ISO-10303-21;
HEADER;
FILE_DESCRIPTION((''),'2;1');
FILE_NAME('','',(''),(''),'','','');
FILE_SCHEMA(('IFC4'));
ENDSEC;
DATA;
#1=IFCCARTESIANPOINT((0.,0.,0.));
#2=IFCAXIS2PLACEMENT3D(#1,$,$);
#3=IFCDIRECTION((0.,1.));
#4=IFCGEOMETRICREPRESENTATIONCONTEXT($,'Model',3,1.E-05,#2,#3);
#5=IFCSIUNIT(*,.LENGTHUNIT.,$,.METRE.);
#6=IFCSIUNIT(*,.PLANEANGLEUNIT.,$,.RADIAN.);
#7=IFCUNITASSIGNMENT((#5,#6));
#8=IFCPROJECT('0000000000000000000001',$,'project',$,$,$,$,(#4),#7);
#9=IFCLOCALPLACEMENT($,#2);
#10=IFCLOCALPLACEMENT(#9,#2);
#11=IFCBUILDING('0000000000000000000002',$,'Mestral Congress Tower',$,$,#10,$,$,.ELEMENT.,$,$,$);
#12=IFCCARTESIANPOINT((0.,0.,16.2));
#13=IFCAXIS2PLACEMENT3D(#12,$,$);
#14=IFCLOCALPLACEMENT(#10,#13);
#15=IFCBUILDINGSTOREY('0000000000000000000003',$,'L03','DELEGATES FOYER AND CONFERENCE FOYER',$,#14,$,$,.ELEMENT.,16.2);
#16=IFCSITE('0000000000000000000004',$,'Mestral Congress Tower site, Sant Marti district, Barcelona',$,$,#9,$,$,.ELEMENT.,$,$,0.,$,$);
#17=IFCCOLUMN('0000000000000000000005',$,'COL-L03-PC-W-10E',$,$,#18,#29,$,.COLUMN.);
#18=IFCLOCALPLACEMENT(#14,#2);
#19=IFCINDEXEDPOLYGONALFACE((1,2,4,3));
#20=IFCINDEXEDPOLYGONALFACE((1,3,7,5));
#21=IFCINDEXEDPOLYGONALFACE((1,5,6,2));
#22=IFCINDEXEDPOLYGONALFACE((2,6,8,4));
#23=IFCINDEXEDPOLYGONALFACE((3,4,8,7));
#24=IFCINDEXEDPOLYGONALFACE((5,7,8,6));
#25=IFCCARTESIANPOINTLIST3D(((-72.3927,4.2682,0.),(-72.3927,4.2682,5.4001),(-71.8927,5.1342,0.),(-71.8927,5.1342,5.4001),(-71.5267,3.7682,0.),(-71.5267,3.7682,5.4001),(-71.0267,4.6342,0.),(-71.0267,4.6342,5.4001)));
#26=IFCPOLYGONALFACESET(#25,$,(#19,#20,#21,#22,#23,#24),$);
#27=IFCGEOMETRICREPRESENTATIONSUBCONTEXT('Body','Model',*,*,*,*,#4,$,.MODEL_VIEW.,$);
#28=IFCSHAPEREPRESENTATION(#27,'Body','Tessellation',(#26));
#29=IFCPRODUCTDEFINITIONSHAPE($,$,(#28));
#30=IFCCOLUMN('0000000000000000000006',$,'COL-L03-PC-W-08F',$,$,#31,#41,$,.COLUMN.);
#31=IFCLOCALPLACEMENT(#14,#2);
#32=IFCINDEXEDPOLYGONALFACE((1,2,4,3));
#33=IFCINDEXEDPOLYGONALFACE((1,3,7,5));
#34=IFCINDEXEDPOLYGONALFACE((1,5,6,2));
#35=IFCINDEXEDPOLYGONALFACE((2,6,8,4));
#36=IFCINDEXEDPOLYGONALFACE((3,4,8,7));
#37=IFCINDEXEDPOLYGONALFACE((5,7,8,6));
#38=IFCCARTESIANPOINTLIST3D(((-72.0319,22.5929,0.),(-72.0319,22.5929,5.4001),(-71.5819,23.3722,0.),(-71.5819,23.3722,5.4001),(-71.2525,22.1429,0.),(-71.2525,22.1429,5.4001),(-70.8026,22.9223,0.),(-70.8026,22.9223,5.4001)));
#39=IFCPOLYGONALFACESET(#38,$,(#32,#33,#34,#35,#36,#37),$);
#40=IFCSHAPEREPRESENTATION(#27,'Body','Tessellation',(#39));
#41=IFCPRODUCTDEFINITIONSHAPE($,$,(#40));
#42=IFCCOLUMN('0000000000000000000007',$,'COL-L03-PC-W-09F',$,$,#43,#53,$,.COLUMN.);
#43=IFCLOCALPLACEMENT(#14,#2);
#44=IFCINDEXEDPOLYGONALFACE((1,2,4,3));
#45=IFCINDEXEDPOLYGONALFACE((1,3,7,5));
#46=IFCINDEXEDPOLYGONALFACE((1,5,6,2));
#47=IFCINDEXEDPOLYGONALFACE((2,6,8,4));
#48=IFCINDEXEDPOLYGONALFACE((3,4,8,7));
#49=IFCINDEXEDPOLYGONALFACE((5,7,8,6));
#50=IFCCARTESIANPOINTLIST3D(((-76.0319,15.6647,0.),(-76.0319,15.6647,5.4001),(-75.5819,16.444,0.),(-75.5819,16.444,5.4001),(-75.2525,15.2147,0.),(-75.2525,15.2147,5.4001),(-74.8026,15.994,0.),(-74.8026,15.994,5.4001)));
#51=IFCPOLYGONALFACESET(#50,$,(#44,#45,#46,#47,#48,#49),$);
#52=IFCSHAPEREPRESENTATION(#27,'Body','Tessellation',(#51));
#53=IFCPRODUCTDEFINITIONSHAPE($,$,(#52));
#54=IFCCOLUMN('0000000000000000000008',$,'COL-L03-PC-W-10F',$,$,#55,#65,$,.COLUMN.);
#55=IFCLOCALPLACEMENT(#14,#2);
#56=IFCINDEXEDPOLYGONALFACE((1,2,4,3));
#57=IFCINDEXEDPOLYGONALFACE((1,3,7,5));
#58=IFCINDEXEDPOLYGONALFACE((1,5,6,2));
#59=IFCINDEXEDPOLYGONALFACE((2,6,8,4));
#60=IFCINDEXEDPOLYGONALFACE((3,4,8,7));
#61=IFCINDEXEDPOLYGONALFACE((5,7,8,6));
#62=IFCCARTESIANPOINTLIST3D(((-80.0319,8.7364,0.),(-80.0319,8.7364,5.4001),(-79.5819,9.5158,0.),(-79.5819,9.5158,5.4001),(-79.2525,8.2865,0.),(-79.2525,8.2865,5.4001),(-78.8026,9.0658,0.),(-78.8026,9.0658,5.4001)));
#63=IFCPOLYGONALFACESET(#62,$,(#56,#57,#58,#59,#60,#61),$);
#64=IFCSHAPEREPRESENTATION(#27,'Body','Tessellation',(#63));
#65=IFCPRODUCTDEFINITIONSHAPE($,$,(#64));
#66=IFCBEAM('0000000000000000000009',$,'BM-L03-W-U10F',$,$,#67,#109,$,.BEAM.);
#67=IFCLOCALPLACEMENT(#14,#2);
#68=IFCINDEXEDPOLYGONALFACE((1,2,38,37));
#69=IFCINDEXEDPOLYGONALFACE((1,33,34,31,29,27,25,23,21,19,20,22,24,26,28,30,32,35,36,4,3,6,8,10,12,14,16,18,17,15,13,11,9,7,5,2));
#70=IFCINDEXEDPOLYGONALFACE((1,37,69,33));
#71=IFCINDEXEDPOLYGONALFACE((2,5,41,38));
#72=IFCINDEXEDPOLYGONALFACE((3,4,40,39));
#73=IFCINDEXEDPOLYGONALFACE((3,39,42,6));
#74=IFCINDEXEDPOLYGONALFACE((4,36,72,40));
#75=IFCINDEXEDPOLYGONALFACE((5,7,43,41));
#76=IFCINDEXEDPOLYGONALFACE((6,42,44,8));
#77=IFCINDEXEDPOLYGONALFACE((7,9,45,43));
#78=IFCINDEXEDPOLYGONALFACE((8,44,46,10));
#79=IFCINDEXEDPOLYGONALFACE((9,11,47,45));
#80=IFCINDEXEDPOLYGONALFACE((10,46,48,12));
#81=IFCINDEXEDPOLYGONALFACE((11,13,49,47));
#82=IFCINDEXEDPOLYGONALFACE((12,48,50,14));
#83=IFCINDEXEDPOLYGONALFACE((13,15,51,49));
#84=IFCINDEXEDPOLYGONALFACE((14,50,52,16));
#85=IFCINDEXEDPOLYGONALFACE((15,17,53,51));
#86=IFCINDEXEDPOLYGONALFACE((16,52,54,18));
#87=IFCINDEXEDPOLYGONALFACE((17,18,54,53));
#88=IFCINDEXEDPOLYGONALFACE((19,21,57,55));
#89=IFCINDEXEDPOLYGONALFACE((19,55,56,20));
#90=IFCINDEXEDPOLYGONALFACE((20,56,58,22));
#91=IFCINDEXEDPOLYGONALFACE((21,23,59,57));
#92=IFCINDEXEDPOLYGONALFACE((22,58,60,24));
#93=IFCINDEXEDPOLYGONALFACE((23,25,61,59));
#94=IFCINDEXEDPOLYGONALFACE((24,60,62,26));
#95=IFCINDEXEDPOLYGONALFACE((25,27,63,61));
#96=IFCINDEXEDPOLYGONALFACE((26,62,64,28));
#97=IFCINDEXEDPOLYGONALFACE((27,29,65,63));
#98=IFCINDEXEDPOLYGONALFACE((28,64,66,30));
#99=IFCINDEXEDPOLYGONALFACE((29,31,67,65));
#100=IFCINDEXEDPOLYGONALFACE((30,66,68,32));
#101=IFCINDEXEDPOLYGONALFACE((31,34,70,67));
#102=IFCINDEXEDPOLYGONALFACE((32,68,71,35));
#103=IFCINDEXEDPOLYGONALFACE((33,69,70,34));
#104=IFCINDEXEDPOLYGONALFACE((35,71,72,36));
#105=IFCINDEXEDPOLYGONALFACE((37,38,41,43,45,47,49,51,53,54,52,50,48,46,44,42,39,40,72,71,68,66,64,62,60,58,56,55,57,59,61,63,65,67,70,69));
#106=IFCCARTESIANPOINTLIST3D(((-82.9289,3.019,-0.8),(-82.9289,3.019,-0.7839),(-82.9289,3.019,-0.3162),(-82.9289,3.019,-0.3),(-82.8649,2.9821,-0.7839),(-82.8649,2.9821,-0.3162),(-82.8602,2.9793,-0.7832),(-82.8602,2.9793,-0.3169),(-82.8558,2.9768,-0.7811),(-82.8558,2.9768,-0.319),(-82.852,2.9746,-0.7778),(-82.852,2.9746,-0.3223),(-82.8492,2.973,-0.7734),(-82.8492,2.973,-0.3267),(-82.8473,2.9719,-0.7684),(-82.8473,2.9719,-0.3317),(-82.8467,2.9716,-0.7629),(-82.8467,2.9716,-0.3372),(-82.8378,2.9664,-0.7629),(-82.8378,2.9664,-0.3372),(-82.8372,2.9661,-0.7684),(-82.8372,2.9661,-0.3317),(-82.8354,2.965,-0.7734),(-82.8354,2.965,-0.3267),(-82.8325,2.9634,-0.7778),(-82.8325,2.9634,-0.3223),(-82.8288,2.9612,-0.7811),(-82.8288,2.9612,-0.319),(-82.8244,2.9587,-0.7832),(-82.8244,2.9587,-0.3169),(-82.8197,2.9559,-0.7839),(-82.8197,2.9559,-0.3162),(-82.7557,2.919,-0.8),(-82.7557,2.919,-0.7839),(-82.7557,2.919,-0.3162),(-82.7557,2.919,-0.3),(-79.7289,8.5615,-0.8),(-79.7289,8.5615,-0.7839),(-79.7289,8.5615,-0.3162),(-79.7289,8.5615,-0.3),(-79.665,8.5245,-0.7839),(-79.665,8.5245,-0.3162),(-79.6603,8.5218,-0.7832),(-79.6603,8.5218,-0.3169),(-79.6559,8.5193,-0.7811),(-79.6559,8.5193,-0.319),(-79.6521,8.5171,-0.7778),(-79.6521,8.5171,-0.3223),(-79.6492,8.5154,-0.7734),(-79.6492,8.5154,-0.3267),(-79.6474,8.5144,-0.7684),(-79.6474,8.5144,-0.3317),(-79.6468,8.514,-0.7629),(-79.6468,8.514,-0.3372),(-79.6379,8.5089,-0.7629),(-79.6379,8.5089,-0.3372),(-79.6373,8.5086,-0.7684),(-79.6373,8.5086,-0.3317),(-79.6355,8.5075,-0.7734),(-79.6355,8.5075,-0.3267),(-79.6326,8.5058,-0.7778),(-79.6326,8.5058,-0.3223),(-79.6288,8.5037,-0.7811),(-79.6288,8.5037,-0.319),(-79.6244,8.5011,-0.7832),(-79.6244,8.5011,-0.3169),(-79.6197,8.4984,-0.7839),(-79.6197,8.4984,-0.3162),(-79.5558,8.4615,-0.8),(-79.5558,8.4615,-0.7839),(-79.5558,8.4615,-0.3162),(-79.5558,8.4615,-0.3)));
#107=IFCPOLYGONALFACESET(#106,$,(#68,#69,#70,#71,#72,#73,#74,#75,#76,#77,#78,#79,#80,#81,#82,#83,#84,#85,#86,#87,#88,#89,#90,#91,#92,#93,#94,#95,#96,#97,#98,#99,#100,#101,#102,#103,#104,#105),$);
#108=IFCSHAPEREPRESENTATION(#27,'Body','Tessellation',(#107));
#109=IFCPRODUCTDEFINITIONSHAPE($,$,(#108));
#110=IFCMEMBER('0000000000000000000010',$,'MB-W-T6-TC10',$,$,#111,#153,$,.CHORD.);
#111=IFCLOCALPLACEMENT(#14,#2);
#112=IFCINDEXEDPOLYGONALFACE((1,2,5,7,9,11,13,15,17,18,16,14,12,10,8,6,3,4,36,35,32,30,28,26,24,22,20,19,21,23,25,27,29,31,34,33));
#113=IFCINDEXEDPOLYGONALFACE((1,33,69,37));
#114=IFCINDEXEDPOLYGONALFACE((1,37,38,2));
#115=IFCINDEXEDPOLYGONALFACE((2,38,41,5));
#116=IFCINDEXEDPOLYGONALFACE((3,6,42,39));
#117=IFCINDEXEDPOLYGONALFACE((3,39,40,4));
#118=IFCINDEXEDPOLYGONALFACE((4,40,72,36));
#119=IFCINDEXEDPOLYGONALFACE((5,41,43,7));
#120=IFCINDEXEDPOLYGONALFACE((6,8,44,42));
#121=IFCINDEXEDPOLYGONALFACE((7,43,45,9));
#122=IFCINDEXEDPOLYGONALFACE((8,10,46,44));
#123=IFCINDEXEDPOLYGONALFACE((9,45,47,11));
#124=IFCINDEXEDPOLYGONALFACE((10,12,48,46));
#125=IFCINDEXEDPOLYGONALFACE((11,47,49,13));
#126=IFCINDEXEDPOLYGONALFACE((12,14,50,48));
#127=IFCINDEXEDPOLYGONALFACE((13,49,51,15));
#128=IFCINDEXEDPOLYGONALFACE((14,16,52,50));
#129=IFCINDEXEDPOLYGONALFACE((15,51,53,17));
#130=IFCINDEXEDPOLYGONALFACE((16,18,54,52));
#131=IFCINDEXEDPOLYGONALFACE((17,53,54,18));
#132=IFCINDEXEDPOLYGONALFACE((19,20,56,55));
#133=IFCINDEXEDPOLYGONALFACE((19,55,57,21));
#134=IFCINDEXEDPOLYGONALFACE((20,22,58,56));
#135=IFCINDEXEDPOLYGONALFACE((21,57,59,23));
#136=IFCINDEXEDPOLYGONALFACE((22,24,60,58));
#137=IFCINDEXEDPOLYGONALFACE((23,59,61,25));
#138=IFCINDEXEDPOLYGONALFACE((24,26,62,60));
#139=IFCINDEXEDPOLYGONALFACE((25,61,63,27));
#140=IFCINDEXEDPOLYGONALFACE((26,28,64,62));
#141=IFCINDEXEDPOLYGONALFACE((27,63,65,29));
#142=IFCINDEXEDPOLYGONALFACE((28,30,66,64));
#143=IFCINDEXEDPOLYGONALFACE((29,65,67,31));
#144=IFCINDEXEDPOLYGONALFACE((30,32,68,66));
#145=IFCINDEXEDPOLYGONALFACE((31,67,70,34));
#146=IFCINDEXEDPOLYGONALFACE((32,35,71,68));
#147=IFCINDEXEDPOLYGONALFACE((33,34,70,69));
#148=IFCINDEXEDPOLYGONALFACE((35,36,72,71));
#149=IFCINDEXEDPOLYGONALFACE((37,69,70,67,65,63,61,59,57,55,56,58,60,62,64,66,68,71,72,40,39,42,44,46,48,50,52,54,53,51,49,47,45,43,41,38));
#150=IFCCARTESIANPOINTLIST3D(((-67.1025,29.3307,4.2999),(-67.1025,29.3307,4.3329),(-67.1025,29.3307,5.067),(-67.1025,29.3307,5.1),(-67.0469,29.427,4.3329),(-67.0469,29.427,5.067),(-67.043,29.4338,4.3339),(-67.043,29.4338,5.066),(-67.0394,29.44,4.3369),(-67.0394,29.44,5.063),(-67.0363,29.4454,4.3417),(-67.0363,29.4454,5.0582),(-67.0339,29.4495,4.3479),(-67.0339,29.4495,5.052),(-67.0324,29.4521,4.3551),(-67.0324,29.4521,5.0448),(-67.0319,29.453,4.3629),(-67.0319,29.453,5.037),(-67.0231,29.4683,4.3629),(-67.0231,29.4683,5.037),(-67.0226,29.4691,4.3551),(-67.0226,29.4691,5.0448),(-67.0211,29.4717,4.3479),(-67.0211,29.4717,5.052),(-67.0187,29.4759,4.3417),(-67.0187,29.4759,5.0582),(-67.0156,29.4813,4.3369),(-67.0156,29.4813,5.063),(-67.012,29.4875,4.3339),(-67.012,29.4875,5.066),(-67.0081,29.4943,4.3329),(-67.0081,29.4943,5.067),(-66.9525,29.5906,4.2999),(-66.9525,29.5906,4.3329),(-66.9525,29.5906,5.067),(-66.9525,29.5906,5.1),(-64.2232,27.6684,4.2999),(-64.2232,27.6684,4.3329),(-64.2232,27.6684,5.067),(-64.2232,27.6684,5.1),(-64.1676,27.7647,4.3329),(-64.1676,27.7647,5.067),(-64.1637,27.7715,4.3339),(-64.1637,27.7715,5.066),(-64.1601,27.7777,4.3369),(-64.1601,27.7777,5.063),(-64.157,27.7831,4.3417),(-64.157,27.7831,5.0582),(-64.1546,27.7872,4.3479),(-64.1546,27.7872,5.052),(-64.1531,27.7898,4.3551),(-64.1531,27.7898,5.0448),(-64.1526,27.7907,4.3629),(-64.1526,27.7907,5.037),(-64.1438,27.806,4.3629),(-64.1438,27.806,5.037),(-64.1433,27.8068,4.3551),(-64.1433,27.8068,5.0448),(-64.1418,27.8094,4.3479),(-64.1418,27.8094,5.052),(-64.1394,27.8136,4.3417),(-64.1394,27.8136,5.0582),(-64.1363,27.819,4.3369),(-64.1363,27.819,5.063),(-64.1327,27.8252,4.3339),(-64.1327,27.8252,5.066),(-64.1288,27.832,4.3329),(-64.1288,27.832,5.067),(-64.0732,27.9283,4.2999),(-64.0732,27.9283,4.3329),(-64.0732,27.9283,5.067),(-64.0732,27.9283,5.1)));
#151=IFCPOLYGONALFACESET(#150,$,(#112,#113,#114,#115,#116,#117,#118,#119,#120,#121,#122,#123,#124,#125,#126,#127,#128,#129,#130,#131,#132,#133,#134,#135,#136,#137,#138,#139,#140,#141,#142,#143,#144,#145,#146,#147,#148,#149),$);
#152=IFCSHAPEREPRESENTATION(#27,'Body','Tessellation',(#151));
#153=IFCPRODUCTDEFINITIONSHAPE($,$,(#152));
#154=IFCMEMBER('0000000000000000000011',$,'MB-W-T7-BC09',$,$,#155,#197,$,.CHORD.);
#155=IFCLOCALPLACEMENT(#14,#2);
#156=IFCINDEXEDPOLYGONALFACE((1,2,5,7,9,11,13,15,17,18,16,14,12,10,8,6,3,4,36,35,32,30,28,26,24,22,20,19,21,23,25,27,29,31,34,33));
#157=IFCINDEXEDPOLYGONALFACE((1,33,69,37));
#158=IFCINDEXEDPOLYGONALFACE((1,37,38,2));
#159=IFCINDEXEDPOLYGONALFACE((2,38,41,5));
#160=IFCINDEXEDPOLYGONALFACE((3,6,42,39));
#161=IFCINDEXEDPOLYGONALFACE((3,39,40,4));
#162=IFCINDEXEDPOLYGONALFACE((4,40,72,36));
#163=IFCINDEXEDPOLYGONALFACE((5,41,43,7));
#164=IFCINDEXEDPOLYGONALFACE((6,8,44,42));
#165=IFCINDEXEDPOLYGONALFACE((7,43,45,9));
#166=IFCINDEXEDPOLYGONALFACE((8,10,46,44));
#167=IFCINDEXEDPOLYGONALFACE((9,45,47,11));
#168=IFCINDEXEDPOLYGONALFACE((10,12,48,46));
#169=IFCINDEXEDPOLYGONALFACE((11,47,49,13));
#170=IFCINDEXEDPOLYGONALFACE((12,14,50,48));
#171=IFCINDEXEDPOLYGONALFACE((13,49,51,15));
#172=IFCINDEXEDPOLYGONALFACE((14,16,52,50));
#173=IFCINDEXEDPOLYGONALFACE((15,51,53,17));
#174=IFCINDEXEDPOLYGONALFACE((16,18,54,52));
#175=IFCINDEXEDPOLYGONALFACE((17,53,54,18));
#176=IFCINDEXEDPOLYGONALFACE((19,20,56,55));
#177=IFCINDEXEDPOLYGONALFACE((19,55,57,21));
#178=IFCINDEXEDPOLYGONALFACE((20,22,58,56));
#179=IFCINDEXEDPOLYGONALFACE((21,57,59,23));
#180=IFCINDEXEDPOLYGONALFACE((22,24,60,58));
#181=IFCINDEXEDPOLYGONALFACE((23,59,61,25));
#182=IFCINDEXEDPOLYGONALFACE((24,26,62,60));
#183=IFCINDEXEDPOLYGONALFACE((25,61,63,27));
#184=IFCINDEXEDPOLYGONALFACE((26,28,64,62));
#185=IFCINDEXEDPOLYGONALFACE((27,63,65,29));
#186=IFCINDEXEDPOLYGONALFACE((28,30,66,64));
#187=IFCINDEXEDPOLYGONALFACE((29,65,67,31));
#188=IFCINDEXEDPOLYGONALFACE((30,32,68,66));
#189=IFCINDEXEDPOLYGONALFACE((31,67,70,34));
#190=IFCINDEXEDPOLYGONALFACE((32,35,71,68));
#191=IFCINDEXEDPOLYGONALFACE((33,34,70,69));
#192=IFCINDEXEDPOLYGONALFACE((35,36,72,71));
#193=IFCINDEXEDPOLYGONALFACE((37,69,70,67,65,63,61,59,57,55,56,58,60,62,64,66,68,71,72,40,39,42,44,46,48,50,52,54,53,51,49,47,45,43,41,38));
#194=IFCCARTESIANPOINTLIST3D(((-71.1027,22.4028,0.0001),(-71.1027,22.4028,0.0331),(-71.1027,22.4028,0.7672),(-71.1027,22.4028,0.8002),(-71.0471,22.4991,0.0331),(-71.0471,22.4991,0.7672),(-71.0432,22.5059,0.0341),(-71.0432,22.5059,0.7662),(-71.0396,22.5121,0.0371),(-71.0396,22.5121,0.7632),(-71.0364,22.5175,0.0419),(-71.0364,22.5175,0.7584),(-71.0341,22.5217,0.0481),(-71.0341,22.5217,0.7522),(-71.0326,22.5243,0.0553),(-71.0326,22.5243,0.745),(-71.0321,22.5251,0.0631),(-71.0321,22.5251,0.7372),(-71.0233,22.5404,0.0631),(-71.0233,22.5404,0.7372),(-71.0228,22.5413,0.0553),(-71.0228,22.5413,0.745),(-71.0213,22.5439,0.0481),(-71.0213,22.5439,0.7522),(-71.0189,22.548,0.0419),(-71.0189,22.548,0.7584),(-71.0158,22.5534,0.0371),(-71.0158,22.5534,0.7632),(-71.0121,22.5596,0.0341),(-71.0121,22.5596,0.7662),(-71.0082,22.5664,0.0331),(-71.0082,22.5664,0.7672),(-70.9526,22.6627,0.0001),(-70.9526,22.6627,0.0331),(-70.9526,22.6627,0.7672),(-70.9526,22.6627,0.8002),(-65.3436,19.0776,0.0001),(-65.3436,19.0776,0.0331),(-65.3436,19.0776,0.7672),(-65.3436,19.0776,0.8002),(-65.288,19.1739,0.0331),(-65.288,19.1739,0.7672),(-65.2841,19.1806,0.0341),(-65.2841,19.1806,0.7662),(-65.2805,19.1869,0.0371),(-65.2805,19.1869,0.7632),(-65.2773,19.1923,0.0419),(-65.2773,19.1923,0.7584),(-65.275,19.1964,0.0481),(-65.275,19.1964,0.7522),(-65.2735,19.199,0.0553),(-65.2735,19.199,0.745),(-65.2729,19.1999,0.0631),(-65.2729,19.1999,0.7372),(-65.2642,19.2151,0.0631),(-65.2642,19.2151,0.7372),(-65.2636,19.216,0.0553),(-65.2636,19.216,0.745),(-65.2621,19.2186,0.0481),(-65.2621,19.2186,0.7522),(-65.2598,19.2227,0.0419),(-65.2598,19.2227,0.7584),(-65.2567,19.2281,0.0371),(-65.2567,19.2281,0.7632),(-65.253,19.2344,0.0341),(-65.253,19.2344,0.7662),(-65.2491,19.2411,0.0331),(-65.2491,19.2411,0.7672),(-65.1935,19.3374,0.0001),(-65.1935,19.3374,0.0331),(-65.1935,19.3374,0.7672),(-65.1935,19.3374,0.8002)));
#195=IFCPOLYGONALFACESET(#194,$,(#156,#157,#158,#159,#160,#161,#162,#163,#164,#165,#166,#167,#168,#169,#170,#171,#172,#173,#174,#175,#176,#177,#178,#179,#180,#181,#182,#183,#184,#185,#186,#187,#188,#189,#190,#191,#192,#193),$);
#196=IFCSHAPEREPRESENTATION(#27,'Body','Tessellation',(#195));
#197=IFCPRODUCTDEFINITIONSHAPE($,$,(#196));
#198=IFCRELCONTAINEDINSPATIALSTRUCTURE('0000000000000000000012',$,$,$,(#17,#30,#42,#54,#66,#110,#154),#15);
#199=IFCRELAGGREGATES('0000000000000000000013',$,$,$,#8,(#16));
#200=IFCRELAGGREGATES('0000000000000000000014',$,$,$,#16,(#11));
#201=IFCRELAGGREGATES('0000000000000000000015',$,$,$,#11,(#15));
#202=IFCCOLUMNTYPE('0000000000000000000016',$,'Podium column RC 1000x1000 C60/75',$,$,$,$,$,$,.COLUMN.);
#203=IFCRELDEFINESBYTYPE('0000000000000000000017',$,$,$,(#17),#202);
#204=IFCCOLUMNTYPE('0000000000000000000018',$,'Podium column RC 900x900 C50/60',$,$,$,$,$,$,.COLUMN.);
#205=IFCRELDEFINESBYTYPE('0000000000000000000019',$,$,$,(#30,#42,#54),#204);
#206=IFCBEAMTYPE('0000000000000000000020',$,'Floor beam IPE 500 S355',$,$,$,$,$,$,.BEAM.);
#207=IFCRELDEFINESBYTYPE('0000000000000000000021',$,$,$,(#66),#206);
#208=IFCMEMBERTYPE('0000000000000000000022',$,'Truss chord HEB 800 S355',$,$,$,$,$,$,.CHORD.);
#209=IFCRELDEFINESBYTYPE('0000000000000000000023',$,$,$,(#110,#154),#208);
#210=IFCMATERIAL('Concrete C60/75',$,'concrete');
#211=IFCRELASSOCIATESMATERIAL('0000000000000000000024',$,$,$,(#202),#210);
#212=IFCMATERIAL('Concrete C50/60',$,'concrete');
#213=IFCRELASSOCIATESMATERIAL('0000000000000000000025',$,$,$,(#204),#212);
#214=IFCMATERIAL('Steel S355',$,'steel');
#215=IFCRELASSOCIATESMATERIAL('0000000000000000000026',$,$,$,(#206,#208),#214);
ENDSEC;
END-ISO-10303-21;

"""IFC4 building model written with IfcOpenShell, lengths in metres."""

from ifc_helpers import new_model, si_unit, direction, frame, origin, origin_2d, place, context, subcontext, project, spatial, rectangle, i_section, extrude, material, material_profile, profile_set, type_object, element, save


model = new_model("IFC4")

# Units and contexts
model_context = context("Model", 3, precision=1e-05, world=origin(), true_north=direction((0.0, 1.0)))
body_context = subcontext(model_context, "Body", "Model", "MODEL_VIEW")
ifc_project = project(units=[si_unit("LENGTHUNIT", "METRE"), si_unit("PLANEANGLEUNIT", "RADIAN")], contexts=[model_context])

# Site, building, storey
site_placement = place(None, origin())
site = spatial("IfcSite", under=ifc_project, at=site_placement, Name="Mestral Congress Tower site, Sant Marti district, Barcelona", CompositionType="ELEMENT", RefElevation=0.0)
building_placement = place(site_placement, origin())
building = spatial("IfcBuilding", under=site, at=building_placement, Name="Mestral Congress Tower", CompositionType="ELEMENT")
storey_placement = place(building_placement, frame((0.0, 0.0, 16.2)))
storey = spatial("IfcBuildingStorey", under=building, at=storey_placement, Name="L03", Description="DELEGATES FOYER AND CONFERENCE FOYER", CompositionType="ELEMENT", Elevation=16.2)

# Columns
ifc_material_1 = material(Name="Concrete C60/75", Category="concrete")
ifc_material_profile_1 = material_profile(ifc_material_1, rectangle(XDim=1.0, YDim=1.0, at=origin_2d()), Name="RC 1000x1000")
ifc_profile_set_1 = profile_set([ifc_material_profile_1], Name="Concrete C60/75")
column_type_1 = type_object("IfcColumnType", Name="Podium column RC 1000x1000 C60/75", PredefinedType="COLUMN", material=ifc_profile_set_1)
column_placement = place(storey_placement, frame((-71.7097, 4.4512, 0.0), z_axis=(0.0, 0.0, 1.0), x_axis=(-0.5, -0.866025, 0.0)))
element("IfcColumn", 1, at=column_placement, inside=storey, type_object=column_type_1, Name="COL-L03-PC-W-10E", PredefinedType="COLUMN", context=body_context, shape_type="SweptSolid", body=[
    extrude(rectangle(XDim=1.0, YDim=1.0, at=origin_2d()), origin(), (0.0, 0.0, 1.0), 5.4001),
])
ifc_material_2 = material(Name="Concrete C50/60", Category="concrete")
ifc_material_profile_2 = material_profile(ifc_material_2, rectangle(XDim=0.8999, YDim=0.8999, at=origin_2d()), Name="RC 900x900")
ifc_profile_set_2 = profile_set([ifc_material_profile_2], Name="Concrete C50/60")
column_type_2 = type_object("IfcColumnType", Name="Podium column RC 900x900 C50/60", PredefinedType="COLUMN", material=ifc_profile_set_2)
for number, where, z_axis, x_axis, name in (
    (2, (-71.4172, 22.7576, 0.0), (0.0, 0.0, 1.0), (-0.5, -0.866025, 0.0), "COL-L03-PC-W-08F"),
    (3, (-75.4172, 15.8293, 0.0), (0.0, 0.0, 1.0), (-0.5, -0.866025, 0.0), "COL-L03-PC-W-09F"),
    (4, (-79.4172, 8.9011, 0.0), (0.0, 0.0, 1.0), (-0.5, -0.866025, 0.0), "COL-L03-PC-W-10F"),
):
    element("IfcColumn", number, at=place(storey_placement, frame(where, z_axis=z_axis, x_axis=x_axis)), inside=storey, type_object=column_type_2, Name=name, PredefinedType="COLUMN", context=body_context, shape_type="SweptSolid", body=[
        extrude(rectangle(XDim=0.8999, YDim=0.8999, at=origin_2d()), origin(), (0.0, 0.0, 1.0), 5.4001),
    ])

# Beam
ifc_material_3 = material(Name="Steel S355", Category="steel")
ifc_material_profile_3 = material_profile(ifc_material_3, i_section(OverallWidth=0.2, OverallDepth=0.5, WebThickness=0.0103, FlangeThickness=0.0161, FilletRadius=0.021, at=origin_2d()), Name="IPE 500")
ifc_profile_set_3 = profile_set([ifc_material_profile_3], Name="Steel S355")
beam_type = type_object("IfcBeamType", Name="Floor beam IPE 500 S355", PredefinedType="BEAM", material=ifc_profile_set_3)
beam_placement = place(storey_placement, frame((-79.6423, 8.5115, -0.55), z_axis=(-0.5, -0.866025, 0.0), x_axis=(0.866025, -0.5, 0.0)))
element("IfcBeam", 5, at=beam_placement, inside=storey, type_object=beam_type, Name="BM-L03-W-U10F", PredefinedType="BEAM", context=body_context, shape_type="SweptSolid", body=[
    extrude(i_section(OverallWidth=0.2, OverallDepth=0.5, WebThickness=0.0103, FlangeThickness=0.0161, FilletRadius=0.021, at=origin_2d()), origin(), (0.0, 0.0, 1.0), 6.3999),
])

# Members
ifc_material_profile_4 = material_profile(ifc_material_3, i_section(OverallWidth=0.3, OverallDepth=0.8, WebThickness=0.0176, FlangeThickness=0.033, FilletRadius=0.03, at=origin_2d()), Name="HEB 800")
ifc_profile_set_4 = profile_set([ifc_material_profile_4], Name="Steel S355")
member_type_1 = type_object("IfcMemberType", Name="Truss chord HEB 800 S355", PredefinedType="CHORD", material=ifc_profile_set_4)
member_1_placement = place(storey_placement, frame((-64.1482, 27.7983, 4.7), z_axis=(-0.866034, 0.499985, 0.0), x_axis=(-0.499985, -0.866034, 0.0)))
element("IfcMember", 6, at=member_1_placement, inside=storey, type_object=member_type_1, Name="MB-W-T6-TC10", PredefinedType="CHORD", context=body_context, shape_type="SweptSolid", body=[
    extrude(i_section(OverallWidth=0.3, OverallDepth=0.8, WebThickness=0.0176, FlangeThickness=0.033, FilletRadius=0.03, at=origin_2d()), origin(), (0.0, 0.0, 1.0), 3.3247),
])
for number, where, z_axis, x_axis, name in (
    (7, (-65.2686, 19.2075, 0.4001), (-0.866011, 0.500024, 0.0), (-0.500024, -0.866011, 0.0), "MB-W-T7-BC09"),
):
    element("IfcMember", number, at=place(storey_placement, frame(where, z_axis=z_axis, x_axis=x_axis)), inside=storey, type_object=member_type_1, Name=name, PredefinedType="CHORD", context=body_context, shape_type="SweptSolid", body=[
        extrude(i_section(OverallWidth=0.3, OverallDepth=0.8, WebThickness=0.0176, FlangeThickness=0.033, FilletRadius=0.03, at=origin_2d()), origin(), (0.0, 0.0, 1.0), 6.6501),
    ])

save(model, "model.ifc")
